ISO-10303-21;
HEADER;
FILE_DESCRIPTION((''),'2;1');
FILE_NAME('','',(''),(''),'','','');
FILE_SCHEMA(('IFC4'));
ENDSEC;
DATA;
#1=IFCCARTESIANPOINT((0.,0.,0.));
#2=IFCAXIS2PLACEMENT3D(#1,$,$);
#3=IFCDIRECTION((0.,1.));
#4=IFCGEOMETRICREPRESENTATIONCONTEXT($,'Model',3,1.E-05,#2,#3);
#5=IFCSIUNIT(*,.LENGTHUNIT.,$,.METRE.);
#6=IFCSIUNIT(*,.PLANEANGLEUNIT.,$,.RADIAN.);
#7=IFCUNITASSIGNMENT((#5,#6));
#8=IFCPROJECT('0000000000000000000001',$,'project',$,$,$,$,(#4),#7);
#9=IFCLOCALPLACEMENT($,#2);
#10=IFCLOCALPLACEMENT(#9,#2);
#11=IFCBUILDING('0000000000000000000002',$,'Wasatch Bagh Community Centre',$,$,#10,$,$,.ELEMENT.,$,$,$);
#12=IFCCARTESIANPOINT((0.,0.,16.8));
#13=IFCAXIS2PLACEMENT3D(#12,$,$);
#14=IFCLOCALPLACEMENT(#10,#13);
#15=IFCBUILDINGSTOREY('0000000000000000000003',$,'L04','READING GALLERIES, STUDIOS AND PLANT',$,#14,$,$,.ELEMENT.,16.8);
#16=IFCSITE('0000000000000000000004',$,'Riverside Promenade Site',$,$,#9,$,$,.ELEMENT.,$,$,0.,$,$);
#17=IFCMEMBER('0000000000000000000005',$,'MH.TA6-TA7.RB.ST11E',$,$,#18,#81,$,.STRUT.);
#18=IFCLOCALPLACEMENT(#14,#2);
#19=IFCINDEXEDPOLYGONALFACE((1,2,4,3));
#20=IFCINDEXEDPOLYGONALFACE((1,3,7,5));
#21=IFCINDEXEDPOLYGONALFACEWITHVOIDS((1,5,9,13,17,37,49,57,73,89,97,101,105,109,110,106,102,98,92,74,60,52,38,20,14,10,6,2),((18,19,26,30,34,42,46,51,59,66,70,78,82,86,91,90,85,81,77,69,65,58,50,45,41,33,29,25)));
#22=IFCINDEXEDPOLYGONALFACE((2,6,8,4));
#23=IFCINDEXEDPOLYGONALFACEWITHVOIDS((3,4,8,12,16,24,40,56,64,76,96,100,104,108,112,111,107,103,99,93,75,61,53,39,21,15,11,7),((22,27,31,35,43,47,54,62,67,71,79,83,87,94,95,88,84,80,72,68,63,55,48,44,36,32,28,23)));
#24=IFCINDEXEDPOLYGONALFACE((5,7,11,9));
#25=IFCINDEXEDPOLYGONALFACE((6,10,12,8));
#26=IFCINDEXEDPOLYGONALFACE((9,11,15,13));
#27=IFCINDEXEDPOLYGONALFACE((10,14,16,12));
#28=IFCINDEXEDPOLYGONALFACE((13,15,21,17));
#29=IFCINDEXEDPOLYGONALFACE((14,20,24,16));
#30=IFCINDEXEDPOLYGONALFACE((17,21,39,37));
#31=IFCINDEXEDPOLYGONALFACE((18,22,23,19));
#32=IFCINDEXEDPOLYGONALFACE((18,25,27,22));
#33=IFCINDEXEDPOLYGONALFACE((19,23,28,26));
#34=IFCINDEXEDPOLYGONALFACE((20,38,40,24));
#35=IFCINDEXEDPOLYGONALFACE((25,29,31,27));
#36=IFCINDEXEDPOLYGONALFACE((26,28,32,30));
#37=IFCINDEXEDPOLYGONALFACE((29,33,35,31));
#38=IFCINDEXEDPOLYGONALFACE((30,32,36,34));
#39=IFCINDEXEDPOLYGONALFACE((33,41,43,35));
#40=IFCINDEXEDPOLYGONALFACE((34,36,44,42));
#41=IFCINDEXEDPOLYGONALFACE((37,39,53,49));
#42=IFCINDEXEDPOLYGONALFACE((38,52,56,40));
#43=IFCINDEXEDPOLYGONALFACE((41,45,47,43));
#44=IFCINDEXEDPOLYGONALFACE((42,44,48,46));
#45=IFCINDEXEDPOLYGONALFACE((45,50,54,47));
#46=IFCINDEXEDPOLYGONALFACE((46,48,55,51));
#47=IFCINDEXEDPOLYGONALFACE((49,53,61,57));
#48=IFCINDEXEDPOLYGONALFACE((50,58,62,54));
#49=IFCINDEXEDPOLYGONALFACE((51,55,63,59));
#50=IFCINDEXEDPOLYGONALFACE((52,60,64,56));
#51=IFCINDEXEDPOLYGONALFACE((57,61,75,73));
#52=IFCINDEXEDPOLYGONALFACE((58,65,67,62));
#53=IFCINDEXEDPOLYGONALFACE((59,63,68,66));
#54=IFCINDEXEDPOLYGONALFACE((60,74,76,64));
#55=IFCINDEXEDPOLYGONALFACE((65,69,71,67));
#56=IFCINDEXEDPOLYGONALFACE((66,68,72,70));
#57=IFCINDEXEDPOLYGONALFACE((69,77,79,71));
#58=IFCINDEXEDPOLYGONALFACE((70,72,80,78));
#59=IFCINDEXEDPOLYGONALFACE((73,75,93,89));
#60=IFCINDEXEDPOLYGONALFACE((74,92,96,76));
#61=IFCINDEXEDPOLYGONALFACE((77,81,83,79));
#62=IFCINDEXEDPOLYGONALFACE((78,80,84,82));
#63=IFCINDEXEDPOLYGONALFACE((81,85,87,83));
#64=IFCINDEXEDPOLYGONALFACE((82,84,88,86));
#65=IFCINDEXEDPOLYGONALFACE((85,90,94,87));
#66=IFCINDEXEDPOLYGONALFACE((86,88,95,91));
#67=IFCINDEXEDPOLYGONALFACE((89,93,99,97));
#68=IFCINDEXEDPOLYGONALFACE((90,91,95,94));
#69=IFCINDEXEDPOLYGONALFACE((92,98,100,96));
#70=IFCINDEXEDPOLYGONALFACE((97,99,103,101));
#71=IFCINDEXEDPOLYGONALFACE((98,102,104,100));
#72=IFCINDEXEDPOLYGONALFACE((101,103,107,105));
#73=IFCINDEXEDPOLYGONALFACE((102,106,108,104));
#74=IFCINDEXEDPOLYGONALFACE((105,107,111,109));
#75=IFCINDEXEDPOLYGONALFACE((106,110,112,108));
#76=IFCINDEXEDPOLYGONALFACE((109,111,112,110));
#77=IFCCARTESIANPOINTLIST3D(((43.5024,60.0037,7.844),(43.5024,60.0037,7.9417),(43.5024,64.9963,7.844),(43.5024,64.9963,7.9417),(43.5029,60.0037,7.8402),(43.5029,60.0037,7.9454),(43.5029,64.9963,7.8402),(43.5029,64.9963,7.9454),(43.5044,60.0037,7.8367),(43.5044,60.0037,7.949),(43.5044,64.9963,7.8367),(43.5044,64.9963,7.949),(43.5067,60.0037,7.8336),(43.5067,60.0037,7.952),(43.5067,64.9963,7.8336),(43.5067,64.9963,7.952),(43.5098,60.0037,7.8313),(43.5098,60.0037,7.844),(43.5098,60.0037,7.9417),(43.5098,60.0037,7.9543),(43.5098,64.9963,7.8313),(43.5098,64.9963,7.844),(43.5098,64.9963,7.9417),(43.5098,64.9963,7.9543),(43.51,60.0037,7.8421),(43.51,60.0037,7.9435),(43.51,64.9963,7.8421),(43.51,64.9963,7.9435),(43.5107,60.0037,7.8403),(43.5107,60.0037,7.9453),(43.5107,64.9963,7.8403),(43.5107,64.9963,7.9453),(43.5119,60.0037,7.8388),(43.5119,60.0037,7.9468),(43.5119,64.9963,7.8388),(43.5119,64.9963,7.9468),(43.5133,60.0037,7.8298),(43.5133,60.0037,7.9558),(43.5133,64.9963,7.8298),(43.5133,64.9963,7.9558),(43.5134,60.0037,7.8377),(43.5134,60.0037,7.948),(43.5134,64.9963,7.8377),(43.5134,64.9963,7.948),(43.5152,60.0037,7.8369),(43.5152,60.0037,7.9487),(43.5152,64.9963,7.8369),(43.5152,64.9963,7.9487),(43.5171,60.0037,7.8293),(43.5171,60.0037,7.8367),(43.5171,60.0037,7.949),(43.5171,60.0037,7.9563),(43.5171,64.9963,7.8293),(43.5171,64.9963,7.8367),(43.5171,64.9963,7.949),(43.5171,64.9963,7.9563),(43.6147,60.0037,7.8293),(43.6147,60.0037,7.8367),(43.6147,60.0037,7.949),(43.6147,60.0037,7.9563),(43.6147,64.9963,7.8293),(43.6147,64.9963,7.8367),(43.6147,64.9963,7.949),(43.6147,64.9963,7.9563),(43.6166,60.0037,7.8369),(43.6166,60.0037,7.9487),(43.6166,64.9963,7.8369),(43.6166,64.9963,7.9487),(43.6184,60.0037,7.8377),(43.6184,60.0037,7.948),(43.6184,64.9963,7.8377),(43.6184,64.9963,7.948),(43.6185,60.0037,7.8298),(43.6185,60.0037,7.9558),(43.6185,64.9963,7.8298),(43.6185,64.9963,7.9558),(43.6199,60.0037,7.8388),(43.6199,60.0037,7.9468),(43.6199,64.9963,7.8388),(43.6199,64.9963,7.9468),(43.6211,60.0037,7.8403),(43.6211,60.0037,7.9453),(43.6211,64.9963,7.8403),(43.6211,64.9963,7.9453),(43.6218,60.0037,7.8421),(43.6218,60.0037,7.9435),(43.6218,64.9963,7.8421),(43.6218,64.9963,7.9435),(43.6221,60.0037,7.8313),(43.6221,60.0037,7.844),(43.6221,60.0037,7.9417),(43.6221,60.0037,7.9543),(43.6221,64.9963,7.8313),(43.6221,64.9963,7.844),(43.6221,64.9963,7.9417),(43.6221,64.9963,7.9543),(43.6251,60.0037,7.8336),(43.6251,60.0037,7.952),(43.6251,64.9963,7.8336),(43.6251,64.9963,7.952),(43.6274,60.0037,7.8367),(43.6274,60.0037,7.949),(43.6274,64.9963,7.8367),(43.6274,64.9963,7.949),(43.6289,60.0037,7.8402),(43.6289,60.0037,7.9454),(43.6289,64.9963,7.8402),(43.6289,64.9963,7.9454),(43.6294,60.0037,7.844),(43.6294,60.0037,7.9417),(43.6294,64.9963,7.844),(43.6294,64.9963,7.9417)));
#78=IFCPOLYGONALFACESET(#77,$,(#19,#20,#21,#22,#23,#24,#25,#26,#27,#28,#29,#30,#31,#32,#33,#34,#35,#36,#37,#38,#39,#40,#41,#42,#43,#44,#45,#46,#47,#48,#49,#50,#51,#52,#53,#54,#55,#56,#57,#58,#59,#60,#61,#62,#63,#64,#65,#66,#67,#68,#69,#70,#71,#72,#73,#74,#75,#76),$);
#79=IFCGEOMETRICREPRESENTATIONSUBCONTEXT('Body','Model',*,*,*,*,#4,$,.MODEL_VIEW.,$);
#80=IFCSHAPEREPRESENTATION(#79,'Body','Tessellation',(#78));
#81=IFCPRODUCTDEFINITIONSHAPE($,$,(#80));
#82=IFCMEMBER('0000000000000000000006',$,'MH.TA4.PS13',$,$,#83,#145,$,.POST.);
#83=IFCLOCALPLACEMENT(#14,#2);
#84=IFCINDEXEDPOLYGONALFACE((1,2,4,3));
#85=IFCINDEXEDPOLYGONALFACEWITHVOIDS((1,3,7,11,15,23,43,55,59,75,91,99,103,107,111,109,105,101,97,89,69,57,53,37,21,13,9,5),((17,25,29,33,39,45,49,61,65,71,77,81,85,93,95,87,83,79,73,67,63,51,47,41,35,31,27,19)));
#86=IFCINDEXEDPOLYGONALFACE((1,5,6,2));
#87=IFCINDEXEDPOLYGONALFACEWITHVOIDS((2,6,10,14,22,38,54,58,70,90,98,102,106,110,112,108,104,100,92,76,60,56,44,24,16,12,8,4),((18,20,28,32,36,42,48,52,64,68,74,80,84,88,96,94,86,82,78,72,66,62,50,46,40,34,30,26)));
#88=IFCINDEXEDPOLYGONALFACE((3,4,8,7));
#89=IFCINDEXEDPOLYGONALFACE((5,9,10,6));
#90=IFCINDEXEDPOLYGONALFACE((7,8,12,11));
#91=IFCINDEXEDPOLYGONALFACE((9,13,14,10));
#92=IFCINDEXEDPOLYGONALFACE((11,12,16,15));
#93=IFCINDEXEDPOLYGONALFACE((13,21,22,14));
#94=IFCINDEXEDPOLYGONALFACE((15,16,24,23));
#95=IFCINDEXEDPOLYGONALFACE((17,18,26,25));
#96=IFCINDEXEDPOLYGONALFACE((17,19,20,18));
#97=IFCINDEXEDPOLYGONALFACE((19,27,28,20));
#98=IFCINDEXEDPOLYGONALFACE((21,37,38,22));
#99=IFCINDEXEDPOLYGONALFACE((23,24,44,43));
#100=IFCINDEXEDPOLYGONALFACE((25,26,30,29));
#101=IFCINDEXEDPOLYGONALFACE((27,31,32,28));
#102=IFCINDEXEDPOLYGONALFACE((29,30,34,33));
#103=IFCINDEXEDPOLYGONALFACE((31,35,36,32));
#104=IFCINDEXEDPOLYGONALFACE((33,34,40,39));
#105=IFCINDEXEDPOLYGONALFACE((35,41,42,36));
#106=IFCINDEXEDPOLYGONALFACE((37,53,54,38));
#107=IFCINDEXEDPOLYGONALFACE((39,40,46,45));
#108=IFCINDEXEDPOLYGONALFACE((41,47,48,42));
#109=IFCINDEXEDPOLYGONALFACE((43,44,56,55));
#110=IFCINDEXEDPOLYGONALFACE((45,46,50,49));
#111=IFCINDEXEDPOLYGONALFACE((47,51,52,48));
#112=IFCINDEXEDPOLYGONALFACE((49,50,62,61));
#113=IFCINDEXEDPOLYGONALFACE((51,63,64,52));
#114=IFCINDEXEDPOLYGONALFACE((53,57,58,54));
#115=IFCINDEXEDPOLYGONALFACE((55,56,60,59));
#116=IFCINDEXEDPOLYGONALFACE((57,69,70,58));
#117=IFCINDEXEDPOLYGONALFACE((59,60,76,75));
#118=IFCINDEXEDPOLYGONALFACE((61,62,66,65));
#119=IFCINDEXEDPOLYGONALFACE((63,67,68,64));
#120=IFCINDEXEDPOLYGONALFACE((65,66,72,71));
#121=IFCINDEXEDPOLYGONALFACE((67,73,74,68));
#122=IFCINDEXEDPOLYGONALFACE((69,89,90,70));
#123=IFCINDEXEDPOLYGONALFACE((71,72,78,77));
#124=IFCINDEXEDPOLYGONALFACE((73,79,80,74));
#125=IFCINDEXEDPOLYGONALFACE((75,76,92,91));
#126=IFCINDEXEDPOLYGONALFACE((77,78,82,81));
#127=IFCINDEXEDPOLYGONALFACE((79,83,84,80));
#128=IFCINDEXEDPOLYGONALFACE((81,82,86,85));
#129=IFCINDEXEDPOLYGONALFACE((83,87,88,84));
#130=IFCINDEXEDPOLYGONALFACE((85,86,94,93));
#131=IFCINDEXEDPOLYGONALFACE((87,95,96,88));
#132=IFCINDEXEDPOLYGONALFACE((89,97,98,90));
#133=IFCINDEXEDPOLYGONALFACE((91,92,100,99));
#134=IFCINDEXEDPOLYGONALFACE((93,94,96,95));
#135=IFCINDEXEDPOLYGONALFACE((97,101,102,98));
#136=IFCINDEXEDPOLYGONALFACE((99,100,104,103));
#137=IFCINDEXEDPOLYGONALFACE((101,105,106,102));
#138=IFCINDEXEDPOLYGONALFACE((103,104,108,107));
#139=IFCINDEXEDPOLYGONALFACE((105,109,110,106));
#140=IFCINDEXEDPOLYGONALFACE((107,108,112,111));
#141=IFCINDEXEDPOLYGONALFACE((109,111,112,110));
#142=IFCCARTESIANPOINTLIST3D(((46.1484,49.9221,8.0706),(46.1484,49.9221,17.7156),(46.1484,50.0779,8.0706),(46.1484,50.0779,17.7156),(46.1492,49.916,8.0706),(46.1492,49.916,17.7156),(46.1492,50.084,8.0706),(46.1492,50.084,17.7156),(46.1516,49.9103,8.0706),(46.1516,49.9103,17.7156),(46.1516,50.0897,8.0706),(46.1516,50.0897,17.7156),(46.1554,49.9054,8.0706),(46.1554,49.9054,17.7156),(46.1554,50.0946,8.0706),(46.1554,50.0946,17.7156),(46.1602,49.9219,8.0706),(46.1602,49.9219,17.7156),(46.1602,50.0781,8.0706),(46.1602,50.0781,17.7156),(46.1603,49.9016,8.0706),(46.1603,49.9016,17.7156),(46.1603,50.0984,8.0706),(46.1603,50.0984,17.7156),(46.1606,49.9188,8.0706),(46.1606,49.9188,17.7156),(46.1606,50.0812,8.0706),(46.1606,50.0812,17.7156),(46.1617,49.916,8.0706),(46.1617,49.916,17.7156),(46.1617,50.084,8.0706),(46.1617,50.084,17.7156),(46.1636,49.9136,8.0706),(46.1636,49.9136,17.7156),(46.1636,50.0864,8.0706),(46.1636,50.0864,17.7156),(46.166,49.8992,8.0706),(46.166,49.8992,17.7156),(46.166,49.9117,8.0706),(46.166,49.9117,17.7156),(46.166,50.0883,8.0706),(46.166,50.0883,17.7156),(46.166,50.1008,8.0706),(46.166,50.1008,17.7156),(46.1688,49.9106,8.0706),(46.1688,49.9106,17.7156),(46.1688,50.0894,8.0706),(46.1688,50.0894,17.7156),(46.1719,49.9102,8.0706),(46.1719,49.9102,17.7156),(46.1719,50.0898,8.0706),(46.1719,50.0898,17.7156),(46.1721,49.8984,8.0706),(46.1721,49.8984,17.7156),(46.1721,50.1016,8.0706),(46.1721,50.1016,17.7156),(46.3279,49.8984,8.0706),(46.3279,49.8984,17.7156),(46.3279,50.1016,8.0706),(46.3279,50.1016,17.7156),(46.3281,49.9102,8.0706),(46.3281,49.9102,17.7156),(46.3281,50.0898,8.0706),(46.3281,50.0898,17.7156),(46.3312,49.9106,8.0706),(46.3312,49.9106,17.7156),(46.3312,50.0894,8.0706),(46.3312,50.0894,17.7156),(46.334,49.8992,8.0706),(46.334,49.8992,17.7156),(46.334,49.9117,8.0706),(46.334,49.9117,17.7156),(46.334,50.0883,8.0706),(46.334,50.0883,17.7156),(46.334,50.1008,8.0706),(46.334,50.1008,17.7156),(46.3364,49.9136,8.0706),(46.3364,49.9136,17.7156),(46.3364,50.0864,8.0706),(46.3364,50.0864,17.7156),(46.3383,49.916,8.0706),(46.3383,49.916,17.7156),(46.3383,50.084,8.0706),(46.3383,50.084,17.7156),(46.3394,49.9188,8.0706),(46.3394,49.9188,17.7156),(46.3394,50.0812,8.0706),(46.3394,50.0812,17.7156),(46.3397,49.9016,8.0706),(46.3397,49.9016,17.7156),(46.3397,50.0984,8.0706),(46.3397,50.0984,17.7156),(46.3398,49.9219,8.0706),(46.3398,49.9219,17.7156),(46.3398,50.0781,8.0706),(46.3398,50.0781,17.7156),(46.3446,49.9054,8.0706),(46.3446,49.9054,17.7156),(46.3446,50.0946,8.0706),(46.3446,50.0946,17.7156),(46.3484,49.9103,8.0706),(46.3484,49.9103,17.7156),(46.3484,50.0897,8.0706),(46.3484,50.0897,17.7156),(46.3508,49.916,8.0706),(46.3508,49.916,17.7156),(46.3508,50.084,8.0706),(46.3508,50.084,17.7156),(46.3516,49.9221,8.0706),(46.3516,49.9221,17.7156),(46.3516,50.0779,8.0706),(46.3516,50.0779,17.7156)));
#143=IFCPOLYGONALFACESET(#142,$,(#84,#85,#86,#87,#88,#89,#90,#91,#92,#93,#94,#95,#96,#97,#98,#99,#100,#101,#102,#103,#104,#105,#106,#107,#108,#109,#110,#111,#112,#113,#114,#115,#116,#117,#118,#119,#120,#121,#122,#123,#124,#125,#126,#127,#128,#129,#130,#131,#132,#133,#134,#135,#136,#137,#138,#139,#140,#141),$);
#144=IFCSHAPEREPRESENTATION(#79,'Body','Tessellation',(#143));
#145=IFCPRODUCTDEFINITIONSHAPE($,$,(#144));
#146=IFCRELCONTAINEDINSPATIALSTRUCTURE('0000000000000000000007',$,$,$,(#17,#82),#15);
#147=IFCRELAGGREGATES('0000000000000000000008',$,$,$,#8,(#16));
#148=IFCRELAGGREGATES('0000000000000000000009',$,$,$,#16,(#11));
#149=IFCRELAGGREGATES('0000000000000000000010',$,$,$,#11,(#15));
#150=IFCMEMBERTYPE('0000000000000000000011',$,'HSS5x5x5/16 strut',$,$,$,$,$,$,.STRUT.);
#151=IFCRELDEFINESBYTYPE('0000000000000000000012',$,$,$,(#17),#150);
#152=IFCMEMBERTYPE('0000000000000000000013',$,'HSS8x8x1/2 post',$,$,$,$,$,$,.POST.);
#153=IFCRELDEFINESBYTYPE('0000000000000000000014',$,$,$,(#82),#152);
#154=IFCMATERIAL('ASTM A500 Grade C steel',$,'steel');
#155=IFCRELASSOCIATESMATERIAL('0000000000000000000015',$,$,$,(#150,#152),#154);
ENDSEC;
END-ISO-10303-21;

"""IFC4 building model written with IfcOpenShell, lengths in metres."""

from ifc_helpers import new_model, si_unit, direction, frame, origin, origin_2d, place, context, subcontext, project, spatial, hollow_rectangle, extrude, material, material_profile, profile_set, type_object, element, save


model = new_model("IFC4")

# Units and contexts
model_context = context("Model", 3, precision=1e-05, world=origin(), true_north=direction((0.0, 1.0)))
body_context = subcontext(model_context, "Body", "Model", "MODEL_VIEW")
ifc_project = project(units=[si_unit("LENGTHUNIT", "METRE"), si_unit("PLANEANGLEUNIT", "RADIAN")], contexts=[model_context])

# Site, building, storey
site_placement = place(None, origin())
site = spatial("IfcSite", under=ifc_project, at=site_placement, Name="Riverside Promenade Site", CompositionType="ELEMENT", RefElevation=0.0)
building_placement = place(site_placement, origin())
building = spatial("IfcBuilding", under=site, at=building_placement, Name="Wasatch Bagh Community Centre", CompositionType="ELEMENT")
storey_placement = place(building_placement, frame((0.0, 0.0, 16.8)))
storey = spatial("IfcBuildingStorey", under=building, at=storey_placement, Name="L04", Description="READING GALLERIES, STUDIOS AND PLANT", CompositionType="ELEMENT", Elevation=16.8)

# Members
ifc_material_1 = material(Name="ASTM A500 Grade C steel", Category="steel")
ifc_material_profile_1 = material_profile(ifc_material_1, hollow_rectangle(XDim=0.127, YDim=0.127, WallThickness=0.0073, InnerFilletRadius=0.0073, OuterFilletRadius=0.0146, at=origin_2d()), Name="HSS5x5x5/16")
ifc_profile_set_1 = profile_set([ifc_material_profile_1], Name="ASTM A500 Grade C steel")
member_type_1 = type_object("IfcMemberType", Name="HSS5x5x5/16 strut", PredefinedType="STRUT", material=ifc_profile_set_1)
for number, where, z_axis, x_axis, name in (
    (1, (43.5659, 60.0037, 7.8928), (0.0, 1.0, 0.0), (-1.0, 0.0, 0.0), "MH.TA6-TA7.RB.ST11E"),
):
    element("IfcMember", number, at=place(storey_placement, frame(where, z_axis=z_axis, x_axis=x_axis)), inside=storey, type_object=member_type_1, Name=name, PredefinedType="STRUT", context=body_context, shape_type="SweptSolid", body=[
        extrude(hollow_rectangle(XDim=0.127, YDim=0.127, WallThickness=0.0073, InnerFilletRadius=0.0073, OuterFilletRadius=0.0146, at=origin_2d()), origin(), (0.0, 0.0, 1.0), 4.9927),
    ])
ifc_material_profile_2 = material_profile(ifc_material_1, hollow_rectangle(XDim=0.2031, YDim=0.2031, WallThickness=0.0117, InnerFilletRadius=0.0117, OuterFilletRadius=0.0237, at=origin_2d()), Name="HSS8x8x1/2")
ifc_profile_set_2 = profile_set([ifc_material_profile_2], Name="ASTM A500 Grade C steel")
member_type_2 = type_object("IfcMemberType", Name="HSS8x8x1/2 post", PredefinedType="POST", material=ifc_profile_set_2)
member_1_placement = place(storey_placement, frame((46.25, 50.0, 8.0706), z_axis=(0.0, 0.0, 1.0), x_axis=(1.0, 0.0, 0.0)))
element("IfcMember", 2, at=member_1_placement, inside=storey, type_object=member_type_2, Name="MH.TA4.PS13", PredefinedType="POST", context=body_context, shape_type="SweptSolid", body=[
    extrude(hollow_rectangle(XDim=0.2031, YDim=0.2031, WallThickness=0.0117, InnerFilletRadius=0.0117, OuterFilletRadius=0.0237, at=origin_2d()), origin(), (0.0, 0.0, 1.0), 9.645),
])

save(model, "model.ifc")
